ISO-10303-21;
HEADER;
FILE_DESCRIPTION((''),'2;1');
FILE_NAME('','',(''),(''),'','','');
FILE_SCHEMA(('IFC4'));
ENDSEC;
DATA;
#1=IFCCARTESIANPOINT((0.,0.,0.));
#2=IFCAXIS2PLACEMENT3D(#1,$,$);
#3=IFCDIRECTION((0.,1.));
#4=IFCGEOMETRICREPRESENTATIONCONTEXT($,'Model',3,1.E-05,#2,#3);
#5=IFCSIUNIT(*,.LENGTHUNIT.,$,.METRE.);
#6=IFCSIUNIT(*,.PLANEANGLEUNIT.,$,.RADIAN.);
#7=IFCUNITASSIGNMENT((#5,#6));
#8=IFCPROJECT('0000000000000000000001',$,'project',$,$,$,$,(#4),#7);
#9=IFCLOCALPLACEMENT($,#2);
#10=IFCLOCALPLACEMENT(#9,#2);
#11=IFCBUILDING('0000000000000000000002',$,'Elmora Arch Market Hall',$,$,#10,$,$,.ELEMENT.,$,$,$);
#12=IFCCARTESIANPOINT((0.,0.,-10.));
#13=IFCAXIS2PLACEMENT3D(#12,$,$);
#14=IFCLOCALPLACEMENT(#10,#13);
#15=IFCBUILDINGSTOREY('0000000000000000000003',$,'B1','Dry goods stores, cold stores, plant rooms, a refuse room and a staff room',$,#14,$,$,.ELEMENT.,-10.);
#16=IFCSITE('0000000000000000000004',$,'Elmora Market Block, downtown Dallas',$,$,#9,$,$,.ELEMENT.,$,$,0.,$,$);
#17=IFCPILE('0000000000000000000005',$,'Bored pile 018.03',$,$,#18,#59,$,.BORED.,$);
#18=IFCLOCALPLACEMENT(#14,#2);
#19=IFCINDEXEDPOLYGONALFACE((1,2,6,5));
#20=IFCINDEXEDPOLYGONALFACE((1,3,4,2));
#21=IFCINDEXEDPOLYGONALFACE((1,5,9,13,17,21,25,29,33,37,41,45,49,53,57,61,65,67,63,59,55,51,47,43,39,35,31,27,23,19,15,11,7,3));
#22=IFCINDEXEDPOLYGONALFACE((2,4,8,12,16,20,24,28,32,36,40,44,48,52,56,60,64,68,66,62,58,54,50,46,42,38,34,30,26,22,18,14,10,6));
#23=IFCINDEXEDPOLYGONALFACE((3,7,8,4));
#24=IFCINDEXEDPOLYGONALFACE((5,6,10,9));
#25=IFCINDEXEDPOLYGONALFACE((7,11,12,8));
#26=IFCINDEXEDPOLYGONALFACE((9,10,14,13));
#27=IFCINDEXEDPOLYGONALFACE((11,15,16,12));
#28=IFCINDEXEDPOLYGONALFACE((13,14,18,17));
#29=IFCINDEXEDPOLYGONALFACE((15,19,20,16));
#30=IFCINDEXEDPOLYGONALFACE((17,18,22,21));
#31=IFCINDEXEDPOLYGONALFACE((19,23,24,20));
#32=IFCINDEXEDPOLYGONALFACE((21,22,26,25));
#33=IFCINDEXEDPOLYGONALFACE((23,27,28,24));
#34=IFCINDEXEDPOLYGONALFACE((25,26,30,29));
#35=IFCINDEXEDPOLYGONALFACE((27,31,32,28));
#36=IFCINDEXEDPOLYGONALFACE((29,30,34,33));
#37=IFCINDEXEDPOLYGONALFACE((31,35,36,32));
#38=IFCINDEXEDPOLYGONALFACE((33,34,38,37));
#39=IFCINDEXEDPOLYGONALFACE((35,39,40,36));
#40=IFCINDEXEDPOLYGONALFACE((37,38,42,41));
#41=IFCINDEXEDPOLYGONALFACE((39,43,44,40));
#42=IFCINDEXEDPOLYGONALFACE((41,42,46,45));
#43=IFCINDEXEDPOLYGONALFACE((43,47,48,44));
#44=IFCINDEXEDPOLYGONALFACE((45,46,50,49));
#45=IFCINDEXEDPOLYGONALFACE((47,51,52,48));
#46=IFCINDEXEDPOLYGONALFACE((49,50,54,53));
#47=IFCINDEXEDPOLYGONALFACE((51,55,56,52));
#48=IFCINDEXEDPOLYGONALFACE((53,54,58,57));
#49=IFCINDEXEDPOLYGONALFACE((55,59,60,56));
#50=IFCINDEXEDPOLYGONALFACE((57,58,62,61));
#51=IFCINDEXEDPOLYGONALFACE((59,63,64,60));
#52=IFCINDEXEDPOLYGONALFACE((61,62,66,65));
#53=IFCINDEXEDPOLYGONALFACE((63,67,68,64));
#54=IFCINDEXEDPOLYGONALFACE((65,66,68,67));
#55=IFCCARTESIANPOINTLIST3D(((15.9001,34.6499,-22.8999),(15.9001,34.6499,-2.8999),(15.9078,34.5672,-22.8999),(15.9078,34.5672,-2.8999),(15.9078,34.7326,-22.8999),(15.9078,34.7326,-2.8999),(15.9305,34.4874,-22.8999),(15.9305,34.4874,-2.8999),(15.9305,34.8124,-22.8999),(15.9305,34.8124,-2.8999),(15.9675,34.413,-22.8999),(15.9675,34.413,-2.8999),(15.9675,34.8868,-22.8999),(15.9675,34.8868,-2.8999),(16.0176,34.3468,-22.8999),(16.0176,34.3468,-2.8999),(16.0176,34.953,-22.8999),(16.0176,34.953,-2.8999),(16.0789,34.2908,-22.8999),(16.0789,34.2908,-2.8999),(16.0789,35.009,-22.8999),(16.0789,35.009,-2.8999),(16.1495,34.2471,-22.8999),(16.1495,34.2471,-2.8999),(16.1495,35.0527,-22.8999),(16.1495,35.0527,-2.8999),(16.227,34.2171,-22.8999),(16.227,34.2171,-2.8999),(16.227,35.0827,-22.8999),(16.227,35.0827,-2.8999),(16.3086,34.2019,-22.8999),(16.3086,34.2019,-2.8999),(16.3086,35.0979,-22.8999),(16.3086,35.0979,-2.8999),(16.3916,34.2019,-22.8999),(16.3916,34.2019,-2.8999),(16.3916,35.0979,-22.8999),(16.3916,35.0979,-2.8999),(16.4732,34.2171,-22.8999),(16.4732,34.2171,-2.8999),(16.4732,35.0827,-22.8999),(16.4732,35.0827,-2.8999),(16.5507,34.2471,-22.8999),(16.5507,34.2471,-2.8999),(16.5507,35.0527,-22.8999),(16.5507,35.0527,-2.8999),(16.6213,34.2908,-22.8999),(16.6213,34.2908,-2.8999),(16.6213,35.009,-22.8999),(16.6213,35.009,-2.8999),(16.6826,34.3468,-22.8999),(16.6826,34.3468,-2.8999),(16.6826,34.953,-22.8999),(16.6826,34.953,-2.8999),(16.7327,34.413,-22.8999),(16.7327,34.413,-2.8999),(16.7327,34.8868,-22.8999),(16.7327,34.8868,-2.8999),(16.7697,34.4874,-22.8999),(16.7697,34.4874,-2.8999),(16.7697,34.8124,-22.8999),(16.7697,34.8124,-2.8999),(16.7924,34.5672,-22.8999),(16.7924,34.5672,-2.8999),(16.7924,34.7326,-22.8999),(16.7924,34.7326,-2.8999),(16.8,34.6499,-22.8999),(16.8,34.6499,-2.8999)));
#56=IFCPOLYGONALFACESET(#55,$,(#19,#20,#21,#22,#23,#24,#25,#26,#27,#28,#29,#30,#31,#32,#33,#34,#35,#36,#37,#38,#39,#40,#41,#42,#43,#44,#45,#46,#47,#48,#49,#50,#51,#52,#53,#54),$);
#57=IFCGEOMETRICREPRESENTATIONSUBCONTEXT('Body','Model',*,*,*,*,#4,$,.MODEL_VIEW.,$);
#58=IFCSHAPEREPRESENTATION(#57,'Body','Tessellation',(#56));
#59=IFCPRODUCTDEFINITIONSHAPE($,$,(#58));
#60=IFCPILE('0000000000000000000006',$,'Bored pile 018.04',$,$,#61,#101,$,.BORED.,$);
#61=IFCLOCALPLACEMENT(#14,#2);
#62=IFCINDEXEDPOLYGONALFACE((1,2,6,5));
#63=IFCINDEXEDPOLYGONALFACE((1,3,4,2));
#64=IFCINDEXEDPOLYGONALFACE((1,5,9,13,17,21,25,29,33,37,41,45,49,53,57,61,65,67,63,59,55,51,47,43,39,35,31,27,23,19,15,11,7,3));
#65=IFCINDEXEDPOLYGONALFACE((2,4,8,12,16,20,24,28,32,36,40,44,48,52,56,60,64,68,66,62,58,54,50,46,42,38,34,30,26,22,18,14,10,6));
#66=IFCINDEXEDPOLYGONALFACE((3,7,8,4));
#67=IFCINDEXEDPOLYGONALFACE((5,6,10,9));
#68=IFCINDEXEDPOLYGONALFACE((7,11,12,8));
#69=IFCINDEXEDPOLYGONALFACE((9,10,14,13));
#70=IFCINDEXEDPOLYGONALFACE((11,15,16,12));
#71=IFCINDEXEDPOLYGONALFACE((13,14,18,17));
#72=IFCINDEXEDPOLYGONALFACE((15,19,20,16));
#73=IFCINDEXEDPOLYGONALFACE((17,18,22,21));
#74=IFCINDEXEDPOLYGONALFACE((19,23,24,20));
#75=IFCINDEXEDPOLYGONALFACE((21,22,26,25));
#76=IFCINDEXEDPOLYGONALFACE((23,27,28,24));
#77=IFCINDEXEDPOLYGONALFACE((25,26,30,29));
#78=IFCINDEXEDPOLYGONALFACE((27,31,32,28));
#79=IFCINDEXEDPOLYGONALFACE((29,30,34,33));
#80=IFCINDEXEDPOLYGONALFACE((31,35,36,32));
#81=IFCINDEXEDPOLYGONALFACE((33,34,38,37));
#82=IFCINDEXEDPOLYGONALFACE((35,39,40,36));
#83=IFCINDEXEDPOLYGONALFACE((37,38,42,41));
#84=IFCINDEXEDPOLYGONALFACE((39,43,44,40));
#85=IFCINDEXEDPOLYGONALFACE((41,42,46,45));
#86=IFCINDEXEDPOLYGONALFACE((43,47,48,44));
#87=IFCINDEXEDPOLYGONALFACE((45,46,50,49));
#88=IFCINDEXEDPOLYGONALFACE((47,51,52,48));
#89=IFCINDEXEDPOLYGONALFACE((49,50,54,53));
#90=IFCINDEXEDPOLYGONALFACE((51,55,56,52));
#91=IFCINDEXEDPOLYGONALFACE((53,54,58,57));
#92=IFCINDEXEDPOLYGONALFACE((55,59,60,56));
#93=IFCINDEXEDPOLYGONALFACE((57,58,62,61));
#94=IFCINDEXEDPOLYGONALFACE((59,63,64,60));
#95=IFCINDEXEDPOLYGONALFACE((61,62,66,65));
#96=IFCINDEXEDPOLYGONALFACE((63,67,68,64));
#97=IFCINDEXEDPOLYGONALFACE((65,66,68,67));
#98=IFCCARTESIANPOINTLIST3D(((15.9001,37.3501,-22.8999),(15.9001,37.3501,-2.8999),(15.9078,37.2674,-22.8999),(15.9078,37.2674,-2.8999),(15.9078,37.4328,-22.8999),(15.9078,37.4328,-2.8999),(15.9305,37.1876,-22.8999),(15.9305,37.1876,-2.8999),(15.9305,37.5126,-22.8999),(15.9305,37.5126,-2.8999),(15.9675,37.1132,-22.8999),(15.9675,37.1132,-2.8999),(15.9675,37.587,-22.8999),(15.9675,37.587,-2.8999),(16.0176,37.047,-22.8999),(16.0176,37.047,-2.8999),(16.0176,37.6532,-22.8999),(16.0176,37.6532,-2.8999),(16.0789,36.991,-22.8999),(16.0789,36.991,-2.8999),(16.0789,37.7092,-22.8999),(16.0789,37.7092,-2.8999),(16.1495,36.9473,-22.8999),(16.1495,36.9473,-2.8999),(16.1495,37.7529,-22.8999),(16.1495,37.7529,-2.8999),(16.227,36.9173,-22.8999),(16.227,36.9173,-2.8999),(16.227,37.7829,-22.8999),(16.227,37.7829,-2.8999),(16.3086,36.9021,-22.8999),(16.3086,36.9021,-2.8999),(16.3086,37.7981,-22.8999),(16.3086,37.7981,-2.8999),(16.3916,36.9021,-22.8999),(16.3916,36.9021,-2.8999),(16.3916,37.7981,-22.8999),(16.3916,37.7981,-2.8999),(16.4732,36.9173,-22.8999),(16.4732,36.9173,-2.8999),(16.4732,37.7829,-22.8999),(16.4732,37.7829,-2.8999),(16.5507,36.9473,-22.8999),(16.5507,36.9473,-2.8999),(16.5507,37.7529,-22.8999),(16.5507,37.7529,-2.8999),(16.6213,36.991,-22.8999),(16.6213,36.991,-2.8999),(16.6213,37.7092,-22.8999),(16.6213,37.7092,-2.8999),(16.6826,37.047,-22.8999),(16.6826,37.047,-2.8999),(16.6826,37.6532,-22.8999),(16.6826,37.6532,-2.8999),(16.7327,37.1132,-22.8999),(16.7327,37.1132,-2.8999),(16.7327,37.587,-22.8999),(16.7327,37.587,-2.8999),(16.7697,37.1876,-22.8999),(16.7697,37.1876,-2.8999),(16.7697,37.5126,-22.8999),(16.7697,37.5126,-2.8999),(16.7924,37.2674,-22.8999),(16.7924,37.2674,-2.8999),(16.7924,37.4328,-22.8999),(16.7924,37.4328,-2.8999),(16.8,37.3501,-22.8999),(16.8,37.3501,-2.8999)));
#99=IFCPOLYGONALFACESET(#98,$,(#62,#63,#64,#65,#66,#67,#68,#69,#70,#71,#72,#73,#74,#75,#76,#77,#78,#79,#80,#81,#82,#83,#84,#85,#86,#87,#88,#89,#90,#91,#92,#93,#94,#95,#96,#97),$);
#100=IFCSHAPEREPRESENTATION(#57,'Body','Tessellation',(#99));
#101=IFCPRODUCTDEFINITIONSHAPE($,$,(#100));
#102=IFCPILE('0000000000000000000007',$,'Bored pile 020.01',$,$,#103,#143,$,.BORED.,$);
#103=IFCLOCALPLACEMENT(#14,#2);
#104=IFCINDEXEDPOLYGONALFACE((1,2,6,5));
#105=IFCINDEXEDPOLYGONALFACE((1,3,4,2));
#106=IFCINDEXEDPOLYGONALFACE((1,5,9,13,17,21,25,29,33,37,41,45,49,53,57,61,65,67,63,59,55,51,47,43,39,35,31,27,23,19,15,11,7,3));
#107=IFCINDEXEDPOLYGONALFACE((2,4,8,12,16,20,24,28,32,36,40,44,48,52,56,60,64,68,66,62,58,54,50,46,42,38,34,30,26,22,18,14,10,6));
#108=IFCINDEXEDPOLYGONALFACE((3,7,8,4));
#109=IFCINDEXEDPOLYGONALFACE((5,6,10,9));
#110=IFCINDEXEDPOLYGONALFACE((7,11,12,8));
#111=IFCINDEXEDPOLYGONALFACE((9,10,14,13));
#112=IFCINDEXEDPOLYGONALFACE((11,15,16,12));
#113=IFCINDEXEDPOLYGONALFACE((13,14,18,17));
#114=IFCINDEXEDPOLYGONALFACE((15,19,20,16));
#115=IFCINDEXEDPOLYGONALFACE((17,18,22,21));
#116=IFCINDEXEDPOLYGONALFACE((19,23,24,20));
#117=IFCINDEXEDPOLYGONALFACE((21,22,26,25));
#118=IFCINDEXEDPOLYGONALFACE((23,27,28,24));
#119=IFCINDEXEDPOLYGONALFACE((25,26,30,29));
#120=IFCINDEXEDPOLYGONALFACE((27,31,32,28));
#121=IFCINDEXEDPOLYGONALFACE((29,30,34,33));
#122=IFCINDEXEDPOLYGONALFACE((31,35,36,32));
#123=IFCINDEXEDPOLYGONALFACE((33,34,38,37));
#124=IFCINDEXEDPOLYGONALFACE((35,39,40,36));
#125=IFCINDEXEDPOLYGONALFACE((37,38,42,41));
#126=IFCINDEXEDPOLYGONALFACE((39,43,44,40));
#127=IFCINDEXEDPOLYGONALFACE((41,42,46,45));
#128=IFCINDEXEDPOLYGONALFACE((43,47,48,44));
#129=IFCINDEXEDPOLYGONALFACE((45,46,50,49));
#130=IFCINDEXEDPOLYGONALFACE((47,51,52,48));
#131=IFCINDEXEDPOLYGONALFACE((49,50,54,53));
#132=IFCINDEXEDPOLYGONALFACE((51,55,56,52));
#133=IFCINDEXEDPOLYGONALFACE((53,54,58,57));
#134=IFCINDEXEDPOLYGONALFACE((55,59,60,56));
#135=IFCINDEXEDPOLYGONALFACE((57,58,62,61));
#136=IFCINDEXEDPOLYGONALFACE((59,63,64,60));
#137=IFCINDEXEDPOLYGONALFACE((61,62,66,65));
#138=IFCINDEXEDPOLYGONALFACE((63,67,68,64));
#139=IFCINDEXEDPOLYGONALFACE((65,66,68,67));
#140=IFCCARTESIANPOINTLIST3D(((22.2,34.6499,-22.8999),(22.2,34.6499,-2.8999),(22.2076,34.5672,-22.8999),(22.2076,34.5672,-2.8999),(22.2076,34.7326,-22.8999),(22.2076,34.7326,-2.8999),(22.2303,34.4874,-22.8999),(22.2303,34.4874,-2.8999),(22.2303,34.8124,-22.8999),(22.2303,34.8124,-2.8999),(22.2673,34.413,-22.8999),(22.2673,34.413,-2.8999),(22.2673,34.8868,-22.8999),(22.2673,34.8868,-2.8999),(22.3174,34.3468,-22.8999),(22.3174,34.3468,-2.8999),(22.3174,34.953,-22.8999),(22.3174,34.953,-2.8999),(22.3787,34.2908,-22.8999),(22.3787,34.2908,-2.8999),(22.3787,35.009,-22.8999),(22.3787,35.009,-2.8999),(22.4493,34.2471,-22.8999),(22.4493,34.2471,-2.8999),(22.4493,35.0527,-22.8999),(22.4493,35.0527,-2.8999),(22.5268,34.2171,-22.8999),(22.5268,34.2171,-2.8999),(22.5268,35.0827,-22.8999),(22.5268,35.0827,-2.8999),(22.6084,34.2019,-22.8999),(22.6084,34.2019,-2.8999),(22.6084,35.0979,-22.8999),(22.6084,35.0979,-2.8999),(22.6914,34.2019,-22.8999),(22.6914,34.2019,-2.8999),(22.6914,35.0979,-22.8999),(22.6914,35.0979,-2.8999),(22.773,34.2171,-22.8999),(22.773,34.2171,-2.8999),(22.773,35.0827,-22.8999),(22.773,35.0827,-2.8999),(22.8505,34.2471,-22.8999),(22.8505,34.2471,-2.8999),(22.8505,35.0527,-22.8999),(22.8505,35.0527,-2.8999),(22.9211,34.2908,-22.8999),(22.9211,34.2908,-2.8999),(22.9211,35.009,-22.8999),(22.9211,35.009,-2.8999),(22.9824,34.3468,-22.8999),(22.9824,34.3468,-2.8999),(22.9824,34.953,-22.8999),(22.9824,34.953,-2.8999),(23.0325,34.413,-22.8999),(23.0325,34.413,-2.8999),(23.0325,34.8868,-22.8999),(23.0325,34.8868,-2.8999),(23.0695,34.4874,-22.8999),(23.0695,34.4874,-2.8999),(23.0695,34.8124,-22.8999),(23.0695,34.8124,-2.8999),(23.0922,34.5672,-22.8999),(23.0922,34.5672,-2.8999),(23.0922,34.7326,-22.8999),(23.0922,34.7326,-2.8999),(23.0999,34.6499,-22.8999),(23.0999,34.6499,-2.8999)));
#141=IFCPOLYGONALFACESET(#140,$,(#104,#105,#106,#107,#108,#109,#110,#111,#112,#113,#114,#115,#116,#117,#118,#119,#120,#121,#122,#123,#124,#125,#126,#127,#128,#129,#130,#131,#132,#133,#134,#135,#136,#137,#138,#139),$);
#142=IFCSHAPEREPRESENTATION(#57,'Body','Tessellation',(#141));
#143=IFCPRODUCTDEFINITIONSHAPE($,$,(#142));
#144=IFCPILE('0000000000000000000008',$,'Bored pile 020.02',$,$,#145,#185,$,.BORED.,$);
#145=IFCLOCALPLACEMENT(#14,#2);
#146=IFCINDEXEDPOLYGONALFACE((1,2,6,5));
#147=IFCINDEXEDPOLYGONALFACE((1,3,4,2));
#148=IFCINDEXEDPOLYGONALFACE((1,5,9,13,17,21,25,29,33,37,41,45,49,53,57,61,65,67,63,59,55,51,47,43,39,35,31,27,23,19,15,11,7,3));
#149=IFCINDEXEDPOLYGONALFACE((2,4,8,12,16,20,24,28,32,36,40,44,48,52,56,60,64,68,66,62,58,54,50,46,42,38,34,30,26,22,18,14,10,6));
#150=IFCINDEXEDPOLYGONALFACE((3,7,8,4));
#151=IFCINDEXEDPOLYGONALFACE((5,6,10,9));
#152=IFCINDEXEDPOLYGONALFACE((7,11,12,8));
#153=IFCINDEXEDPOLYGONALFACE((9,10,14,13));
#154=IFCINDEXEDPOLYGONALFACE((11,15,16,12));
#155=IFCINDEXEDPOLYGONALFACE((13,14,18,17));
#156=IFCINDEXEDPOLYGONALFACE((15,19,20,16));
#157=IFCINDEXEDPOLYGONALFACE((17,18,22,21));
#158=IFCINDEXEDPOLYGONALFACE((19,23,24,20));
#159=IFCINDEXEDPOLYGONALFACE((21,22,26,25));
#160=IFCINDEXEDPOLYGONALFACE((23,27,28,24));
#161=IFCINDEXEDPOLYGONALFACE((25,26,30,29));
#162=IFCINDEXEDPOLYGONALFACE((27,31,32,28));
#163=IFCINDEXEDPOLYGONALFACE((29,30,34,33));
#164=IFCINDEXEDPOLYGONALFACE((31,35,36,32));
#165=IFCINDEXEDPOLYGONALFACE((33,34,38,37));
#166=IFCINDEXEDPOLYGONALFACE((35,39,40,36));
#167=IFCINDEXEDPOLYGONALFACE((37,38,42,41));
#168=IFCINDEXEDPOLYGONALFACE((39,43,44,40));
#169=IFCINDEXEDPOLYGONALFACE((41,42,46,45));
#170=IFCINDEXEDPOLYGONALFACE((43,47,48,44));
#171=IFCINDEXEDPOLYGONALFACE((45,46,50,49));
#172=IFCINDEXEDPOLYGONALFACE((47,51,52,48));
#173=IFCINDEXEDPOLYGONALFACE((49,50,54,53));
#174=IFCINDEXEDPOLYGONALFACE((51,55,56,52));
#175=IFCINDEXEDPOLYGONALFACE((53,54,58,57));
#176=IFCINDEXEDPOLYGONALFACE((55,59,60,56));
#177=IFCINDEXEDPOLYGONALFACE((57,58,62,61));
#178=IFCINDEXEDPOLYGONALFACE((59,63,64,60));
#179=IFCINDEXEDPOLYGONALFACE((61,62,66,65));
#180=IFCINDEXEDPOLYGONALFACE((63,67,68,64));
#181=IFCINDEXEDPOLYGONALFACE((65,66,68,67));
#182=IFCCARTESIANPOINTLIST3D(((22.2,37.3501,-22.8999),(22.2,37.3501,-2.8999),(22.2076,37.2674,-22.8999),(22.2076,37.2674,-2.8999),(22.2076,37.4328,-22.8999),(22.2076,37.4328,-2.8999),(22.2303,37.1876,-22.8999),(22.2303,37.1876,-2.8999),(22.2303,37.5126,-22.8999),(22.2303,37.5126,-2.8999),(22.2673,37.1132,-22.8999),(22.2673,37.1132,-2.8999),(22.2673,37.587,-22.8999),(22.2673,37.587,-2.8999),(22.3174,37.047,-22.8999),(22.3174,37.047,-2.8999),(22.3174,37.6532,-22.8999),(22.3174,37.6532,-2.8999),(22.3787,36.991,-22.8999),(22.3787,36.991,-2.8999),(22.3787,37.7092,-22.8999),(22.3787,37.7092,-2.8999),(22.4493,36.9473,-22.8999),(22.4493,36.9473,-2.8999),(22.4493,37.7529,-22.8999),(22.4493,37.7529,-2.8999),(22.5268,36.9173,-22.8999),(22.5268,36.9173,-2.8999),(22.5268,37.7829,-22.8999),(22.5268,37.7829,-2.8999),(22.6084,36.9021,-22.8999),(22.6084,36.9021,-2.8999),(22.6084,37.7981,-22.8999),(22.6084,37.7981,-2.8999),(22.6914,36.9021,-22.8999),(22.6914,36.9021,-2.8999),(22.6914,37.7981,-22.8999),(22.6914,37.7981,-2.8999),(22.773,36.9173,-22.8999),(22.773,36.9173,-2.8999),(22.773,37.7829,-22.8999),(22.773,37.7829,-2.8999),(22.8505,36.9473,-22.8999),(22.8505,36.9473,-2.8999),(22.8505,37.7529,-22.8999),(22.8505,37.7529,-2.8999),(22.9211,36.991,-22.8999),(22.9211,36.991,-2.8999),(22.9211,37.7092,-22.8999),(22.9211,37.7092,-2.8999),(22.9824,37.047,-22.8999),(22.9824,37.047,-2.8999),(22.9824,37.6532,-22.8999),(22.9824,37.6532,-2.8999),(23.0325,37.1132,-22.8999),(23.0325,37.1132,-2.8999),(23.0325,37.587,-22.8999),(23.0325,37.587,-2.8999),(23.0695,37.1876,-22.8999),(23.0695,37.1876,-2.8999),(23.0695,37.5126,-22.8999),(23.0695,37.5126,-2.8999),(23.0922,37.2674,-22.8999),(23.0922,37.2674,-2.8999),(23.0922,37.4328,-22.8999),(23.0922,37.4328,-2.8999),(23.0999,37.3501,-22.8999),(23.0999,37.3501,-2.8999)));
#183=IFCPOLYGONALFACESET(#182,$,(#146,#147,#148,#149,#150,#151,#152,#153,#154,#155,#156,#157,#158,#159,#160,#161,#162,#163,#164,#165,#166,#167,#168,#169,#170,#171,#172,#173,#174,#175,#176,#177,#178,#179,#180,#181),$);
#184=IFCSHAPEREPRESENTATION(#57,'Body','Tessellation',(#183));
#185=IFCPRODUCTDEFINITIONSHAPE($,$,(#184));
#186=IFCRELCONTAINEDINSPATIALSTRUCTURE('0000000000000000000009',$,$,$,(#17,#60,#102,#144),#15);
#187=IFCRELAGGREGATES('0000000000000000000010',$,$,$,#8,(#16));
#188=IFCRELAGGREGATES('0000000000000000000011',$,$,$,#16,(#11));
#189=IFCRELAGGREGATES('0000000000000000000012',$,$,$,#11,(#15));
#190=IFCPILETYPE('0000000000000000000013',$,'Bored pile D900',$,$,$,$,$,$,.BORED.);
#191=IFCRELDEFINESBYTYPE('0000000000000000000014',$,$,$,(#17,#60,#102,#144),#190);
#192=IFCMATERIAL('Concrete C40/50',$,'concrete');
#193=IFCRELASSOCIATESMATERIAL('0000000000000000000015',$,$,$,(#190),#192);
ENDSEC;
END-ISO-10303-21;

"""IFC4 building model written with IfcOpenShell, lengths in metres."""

from ifc_helpers import new_model, si_unit, direction, frame, origin, origin_2d, place, context, subcontext, project, spatial, circle, extrude, material, material_profile, profile_set, type_object, element, save


model = new_model("IFC4")

# Units and contexts
model_context = context("Model", 3, precision=1e-05, world=origin(), true_north=direction((0.0, 1.0)))
body_context = subcontext(model_context, "Body", "Model", "MODEL_VIEW")
ifc_project = project(units=[si_unit("LENGTHUNIT", "METRE"), si_unit("PLANEANGLEUNIT", "RADIAN")], contexts=[model_context])

# Site, building, storey
site_placement = place(None, origin())
site = spatial("IfcSite", under=ifc_project, at=site_placement, Name="Elmora Market Block, downtown Dallas", CompositionType="ELEMENT", RefElevation=0.0)
building_placement = place(site_placement, origin())
building = spatial("IfcBuilding", under=site, at=building_placement, Name="Elmora Arch Market Hall", CompositionType="ELEMENT")
storey_placement = place(building_placement, frame((0.0, 0.0, -10.0)))
storey = spatial("IfcBuildingStorey", under=building, at=storey_placement, Name="B1", Description="Dry goods stores, cold stores, plant rooms, a refuse room and a staff room", CompositionType="ELEMENT", Elevation=-10.0)

# Piles
ifc_material_1 = material(Name="Concrete C40/50", Category="concrete")
ifc_material_profile_1 = material_profile(ifc_material_1, circle(Radius=0.45, at=origin_2d()), Name="Bored pile D900")
ifc_profile_set_1 = profile_set([ifc_material_profile_1], Name="Concrete C40/50")
pile_type = type_object("IfcPileType", Name="Bored pile D900", PredefinedType="BORED", material=ifc_profile_set_1)
for number, where, z_axis, x_axis, name in (
    (1, (16.3501, 34.6499, -2.8999), (0.0, 0.0, -1.0), (1.0, 0.0, 0.0), "Bored pile 018.03"),
    (2, (16.3501, 37.3501, -2.8999), (0.0, 0.0, -1.0), (1.0, 0.0, 0.0), "Bored pile 018.04"),
    (3, (22.6499, 34.6499, -2.8999), (0.0, 0.0, -1.0), (1.0, 0.0, 0.0), "Bored pile 020.01"),
    (4, (22.6499, 37.3501, -2.8999), (0.0, 0.0, -1.0), (1.0, 0.0, 0.0), "Bored pile 020.02"),
):
    element("IfcPile", number, at=place(storey_placement, frame(where, z_axis=z_axis, x_axis=x_axis)), inside=storey, type_object=pile_type, Name=name, PredefinedType="BORED", context=body_context, shape_type="SweptSolid", body=[
        extrude(circle(Radius=0.45, at=origin_2d()), origin(), (0.0, 0.0, 1.0), 20.0),
    ])

save(model, "model.ifc")
